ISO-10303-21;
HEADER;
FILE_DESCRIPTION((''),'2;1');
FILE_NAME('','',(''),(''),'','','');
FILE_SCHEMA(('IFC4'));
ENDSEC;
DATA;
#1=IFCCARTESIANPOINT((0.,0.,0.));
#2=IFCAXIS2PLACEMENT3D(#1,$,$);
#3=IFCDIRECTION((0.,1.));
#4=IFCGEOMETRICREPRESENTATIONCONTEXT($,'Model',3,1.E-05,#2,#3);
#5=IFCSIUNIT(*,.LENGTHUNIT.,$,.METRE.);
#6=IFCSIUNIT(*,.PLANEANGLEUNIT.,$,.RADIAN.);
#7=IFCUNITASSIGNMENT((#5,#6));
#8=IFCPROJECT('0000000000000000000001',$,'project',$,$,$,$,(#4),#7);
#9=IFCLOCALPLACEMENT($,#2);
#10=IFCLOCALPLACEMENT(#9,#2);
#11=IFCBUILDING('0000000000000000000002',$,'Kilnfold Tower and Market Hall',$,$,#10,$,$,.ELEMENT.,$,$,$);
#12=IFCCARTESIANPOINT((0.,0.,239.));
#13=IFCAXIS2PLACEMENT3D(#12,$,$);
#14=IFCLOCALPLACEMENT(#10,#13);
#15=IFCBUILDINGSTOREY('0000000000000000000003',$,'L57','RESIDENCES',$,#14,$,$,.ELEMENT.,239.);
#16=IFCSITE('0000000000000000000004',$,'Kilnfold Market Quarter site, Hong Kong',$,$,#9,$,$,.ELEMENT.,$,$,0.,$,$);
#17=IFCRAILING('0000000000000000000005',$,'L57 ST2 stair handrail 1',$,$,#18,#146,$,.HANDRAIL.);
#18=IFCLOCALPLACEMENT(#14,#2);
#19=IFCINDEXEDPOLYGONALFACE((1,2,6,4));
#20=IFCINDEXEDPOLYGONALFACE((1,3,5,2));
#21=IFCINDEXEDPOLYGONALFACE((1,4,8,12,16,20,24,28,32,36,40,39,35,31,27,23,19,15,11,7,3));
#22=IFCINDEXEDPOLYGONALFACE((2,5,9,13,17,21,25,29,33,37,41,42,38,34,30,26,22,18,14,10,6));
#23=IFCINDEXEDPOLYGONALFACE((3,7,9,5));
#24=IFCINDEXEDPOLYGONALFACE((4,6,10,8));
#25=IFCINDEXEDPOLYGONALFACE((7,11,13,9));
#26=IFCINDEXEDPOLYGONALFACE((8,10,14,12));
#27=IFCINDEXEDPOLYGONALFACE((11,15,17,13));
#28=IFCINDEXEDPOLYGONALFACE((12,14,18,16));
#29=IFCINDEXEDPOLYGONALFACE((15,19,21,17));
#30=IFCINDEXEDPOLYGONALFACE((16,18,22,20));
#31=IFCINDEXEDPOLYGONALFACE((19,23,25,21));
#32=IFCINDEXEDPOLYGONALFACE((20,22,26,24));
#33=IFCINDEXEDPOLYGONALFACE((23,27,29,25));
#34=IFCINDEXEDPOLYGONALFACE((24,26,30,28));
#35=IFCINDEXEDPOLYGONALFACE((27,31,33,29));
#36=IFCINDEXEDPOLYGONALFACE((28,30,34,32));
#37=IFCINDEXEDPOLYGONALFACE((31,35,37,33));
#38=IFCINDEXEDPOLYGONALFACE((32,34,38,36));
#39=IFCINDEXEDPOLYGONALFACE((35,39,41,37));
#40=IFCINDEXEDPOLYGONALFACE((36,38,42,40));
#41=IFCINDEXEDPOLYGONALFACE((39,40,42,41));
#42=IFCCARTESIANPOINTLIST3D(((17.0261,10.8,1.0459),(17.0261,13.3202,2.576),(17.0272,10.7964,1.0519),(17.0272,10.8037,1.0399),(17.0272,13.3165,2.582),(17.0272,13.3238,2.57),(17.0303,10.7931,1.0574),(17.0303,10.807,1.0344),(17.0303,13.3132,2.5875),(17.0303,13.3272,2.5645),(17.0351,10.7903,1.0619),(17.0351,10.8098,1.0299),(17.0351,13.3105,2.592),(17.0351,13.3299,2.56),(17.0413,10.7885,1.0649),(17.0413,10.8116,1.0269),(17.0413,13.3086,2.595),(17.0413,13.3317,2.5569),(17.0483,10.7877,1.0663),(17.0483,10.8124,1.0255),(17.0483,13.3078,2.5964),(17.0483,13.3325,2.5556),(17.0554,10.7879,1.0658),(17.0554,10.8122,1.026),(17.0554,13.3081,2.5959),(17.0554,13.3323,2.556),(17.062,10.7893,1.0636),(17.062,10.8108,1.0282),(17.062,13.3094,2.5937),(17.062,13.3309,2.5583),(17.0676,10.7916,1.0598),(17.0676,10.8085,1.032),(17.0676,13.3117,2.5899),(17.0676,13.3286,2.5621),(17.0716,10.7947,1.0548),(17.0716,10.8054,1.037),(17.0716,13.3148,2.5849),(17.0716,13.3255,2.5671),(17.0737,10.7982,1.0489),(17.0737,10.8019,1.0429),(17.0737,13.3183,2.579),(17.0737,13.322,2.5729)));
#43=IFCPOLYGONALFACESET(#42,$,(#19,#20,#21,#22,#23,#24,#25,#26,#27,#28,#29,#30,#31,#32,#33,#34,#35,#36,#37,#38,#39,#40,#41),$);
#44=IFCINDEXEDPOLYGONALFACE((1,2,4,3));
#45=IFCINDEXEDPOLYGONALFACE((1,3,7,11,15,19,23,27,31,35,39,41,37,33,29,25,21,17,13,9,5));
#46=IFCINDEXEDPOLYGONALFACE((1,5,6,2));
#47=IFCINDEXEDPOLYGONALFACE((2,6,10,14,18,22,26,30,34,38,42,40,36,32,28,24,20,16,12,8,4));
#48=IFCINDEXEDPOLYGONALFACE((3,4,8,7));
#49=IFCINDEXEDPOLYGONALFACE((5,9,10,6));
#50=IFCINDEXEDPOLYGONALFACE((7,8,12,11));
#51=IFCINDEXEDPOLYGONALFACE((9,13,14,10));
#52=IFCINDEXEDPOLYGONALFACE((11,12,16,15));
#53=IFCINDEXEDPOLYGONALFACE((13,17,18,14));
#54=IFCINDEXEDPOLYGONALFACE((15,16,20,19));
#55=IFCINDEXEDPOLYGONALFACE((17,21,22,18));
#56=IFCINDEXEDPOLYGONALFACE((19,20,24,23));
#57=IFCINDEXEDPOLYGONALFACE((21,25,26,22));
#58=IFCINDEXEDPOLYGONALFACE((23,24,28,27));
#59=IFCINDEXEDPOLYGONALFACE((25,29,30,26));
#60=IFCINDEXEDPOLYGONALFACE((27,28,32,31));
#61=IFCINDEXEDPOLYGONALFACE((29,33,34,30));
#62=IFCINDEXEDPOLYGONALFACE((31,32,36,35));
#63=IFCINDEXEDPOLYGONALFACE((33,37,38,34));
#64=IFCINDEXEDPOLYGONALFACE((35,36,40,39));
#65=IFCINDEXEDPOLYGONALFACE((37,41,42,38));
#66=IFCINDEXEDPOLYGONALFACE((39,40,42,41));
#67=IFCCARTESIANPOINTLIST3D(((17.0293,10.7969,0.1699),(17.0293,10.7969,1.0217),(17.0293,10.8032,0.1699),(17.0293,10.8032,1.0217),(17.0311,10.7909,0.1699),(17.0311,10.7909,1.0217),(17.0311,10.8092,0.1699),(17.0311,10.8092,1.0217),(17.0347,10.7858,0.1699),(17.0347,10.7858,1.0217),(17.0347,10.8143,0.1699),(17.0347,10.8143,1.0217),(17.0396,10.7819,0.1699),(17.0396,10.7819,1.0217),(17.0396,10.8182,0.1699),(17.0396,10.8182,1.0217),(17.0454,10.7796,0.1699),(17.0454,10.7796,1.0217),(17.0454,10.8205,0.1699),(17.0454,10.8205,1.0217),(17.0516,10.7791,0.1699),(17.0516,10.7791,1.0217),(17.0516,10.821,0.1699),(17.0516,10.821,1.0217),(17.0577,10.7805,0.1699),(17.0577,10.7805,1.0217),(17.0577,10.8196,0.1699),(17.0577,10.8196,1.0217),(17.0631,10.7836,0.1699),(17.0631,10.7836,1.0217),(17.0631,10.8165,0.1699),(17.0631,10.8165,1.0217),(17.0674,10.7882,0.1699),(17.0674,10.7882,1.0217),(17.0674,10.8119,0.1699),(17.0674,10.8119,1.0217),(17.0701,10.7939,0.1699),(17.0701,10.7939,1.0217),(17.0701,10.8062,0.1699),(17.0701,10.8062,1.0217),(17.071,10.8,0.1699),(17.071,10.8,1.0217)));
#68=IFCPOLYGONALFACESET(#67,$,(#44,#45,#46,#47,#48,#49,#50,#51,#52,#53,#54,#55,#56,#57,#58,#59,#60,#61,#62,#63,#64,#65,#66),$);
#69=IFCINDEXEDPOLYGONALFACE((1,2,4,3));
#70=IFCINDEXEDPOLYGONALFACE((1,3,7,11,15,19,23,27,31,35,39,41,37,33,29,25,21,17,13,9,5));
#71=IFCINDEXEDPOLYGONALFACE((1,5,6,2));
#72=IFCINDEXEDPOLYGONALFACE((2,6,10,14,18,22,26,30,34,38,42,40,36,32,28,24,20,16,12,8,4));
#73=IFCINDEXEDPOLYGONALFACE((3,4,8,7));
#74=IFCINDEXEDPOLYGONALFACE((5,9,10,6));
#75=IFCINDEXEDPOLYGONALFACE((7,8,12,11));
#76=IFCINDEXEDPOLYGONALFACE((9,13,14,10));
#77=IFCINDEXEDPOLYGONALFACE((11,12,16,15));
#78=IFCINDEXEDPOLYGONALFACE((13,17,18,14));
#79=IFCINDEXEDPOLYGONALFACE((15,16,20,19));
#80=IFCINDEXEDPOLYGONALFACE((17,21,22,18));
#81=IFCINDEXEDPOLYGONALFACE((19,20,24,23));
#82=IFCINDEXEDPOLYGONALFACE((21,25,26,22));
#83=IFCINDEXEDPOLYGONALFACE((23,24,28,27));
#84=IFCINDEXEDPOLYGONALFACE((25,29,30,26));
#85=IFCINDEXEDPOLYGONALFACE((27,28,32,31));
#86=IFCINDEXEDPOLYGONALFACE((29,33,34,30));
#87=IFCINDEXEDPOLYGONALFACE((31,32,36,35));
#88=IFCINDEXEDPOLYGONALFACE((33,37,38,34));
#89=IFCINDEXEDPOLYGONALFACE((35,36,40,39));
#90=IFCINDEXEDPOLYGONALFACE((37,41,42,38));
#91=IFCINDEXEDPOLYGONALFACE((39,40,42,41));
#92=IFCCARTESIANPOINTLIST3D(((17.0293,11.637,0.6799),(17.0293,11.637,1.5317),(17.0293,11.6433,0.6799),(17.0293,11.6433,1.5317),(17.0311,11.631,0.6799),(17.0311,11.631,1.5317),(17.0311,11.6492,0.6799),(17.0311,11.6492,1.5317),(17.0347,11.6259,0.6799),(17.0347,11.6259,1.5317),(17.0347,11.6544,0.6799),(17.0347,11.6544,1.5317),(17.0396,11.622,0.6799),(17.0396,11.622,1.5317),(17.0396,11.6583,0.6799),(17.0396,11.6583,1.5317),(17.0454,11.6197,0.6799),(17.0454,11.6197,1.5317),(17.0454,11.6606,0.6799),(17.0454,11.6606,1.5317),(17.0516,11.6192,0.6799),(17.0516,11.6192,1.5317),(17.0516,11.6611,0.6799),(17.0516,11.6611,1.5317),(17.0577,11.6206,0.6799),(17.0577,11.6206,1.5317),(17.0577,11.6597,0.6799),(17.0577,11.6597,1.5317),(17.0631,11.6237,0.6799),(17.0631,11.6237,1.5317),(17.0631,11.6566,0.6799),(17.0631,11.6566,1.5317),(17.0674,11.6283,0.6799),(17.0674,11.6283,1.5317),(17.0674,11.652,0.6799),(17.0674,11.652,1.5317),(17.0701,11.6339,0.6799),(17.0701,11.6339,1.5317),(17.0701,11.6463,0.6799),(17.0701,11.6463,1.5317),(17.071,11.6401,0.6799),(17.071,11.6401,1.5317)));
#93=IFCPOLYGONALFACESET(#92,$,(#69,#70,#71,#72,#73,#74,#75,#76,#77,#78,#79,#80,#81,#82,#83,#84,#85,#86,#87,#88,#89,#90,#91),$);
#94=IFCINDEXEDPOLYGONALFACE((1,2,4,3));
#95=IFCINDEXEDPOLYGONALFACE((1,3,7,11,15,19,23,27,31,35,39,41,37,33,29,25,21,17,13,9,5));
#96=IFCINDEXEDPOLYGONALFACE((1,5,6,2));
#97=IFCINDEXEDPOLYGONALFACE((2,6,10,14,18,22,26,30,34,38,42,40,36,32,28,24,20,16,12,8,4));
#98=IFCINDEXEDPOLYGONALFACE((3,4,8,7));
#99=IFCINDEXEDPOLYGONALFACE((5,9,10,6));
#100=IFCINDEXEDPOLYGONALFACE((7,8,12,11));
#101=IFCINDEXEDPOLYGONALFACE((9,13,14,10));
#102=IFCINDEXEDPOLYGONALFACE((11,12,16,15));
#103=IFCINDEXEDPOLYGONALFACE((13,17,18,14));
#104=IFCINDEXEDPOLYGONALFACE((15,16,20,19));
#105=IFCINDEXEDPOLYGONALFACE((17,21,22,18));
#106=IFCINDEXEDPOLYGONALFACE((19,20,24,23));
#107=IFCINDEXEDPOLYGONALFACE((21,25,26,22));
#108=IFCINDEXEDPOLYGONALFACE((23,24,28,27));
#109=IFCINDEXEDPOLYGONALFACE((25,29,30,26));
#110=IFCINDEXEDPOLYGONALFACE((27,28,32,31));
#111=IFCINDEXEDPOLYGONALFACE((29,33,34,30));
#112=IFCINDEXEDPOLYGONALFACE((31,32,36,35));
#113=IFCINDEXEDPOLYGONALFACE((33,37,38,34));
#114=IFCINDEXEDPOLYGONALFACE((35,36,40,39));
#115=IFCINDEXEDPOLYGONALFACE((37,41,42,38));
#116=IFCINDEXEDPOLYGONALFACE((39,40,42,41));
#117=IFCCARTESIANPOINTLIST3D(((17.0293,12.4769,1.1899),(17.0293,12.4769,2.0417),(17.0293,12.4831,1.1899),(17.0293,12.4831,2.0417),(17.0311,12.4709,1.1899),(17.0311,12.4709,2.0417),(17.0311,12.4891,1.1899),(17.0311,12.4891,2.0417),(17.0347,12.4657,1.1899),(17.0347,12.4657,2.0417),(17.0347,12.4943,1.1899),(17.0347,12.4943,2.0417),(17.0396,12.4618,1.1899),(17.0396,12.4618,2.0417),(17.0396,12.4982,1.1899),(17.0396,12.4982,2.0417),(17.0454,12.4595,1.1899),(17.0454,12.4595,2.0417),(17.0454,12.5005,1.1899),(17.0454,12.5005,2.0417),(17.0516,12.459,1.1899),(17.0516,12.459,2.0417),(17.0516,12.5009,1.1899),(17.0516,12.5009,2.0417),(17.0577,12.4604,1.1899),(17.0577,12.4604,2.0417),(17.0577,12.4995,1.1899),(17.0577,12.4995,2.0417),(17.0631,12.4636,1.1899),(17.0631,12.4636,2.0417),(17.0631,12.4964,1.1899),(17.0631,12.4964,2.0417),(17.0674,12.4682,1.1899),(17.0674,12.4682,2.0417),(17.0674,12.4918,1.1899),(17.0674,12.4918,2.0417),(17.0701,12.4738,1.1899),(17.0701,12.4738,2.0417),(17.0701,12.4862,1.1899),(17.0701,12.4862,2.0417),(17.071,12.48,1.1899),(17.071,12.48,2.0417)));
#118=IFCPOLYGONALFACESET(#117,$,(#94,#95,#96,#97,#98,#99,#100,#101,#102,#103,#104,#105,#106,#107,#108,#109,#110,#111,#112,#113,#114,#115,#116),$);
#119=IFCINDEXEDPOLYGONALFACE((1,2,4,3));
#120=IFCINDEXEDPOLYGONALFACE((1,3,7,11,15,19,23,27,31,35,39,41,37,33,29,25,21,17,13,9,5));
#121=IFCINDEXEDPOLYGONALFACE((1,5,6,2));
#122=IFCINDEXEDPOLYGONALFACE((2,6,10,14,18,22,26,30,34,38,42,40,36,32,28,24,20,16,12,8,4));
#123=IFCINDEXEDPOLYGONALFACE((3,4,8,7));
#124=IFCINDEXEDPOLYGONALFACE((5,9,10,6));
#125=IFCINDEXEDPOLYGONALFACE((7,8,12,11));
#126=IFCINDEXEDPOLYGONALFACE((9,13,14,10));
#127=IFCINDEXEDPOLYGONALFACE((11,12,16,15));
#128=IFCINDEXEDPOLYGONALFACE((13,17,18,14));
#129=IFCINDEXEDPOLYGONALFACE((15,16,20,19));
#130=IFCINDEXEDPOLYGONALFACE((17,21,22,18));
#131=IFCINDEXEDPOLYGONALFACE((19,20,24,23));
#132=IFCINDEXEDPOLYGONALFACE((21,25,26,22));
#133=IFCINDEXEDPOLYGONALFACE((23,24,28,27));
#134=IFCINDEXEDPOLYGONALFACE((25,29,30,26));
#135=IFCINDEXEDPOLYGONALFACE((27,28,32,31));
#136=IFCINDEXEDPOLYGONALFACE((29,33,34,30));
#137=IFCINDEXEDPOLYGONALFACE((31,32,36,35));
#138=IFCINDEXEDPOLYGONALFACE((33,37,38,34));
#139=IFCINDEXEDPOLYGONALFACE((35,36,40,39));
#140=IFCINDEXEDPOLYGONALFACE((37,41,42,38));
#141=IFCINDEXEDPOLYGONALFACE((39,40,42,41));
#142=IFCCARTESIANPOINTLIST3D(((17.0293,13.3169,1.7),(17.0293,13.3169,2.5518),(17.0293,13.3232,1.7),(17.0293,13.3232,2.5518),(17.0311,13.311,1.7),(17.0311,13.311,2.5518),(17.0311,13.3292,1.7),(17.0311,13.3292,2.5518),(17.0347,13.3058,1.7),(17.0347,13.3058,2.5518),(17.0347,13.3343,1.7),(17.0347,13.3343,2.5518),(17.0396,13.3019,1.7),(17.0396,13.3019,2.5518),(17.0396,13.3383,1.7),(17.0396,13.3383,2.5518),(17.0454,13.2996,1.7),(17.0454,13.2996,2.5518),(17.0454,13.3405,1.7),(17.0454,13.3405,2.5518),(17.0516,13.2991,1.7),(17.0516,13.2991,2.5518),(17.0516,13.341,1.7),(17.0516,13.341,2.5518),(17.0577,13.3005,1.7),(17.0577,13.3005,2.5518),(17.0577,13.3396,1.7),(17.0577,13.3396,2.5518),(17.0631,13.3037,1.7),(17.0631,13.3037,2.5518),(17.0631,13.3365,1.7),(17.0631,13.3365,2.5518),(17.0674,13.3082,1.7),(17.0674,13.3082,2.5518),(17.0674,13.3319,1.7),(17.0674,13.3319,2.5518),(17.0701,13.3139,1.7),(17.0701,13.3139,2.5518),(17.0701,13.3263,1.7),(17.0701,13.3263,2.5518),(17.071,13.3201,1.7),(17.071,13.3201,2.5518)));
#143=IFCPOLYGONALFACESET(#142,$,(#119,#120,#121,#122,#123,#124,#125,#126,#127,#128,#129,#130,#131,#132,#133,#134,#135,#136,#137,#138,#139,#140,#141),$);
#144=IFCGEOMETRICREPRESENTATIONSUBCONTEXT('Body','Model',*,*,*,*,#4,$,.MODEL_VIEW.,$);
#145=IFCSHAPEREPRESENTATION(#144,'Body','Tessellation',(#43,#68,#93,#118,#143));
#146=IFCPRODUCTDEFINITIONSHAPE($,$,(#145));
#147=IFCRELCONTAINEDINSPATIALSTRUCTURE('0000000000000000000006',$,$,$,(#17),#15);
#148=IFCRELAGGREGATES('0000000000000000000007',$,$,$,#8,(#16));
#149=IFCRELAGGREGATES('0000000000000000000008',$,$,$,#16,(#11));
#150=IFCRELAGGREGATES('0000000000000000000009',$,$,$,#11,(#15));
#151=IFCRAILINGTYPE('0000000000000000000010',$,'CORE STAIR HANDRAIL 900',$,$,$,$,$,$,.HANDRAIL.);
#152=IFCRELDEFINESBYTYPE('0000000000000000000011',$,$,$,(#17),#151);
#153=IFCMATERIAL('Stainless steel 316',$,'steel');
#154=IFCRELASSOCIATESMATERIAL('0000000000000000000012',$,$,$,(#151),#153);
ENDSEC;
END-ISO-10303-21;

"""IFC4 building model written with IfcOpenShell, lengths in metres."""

from ifc_helpers import new_model, si_unit, direction, frame, origin, origin_2d, place, context, subcontext, project, spatial, circle, extrude, material, type_object, element, save


model = new_model("IFC4")

# Units and contexts
model_context = context("Model", 3, precision=1e-05, world=origin(), true_north=direction((0.0, 1.0)))
body_context = subcontext(model_context, "Body", "Model", "MODEL_VIEW")
ifc_project = project(units=[si_unit("LENGTHUNIT", "METRE"), si_unit("PLANEANGLEUNIT", "RADIAN")], contexts=[model_context])

# Site, building, storey
site_placement = place(None, origin())
site = spatial("IfcSite", under=ifc_project, at=site_placement, Name="Kilnfold Market Quarter site, Hong Kong", CompositionType="ELEMENT", RefElevation=0.0)
building_placement = place(site_placement, origin())
building = spatial("IfcBuilding", under=site, at=building_placement, Name="Kilnfold Tower and Market Hall", CompositionType="ELEMENT")
storey_placement = place(building_placement, frame((0.0, 0.0, 239.0)))
storey = spatial("IfcBuildingStorey", under=building, at=storey_placement, Name="L57", Description="RESIDENCES", CompositionType="ELEMENT", Elevation=239.0)

# Railing
ifc_material_1 = material(Name="Stainless steel 316", Category="steel")
railing_type_1 = type_object("IfcRailingType", Name="CORE STAIR HANDRAIL 900", PredefinedType="HANDRAIL", material=ifc_material_1)
railing_1_placement = place(storey_placement, frame((17.05, 10.8, 0.1699)))
element("IfcRailing", 1, at=railing_1_placement, inside=storey, type_object=railing_type_1, Name="L57 ST2 stair handrail 1", PredefinedType="HANDRAIL", context=body_context, shape_type="SweptSolid", body=[
    extrude(circle(Radius=0.0239, at=origin_2d()), frame((0.0, 0.0, 0.876), z_axis=(0.0, 0.854785, 0.518982), x_axis=(-1.0, 0.0, 0.0)), (0.0, 0.0, 1.0), 2.9482),
    extrude(circle(Radius=0.021, at=origin_2d()), origin(), (0.0, 0.0, 1.0), 0.8518),
    extrude(circle(Radius=0.021, at=origin_2d()), frame((0.0, 0.8401, 0.51)), (0.0, 0.0, 1.0), 0.8518),
    extrude(circle(Radius=0.021, at=origin_2d()), frame((0.0, 1.6799, 1.02)), (0.0, 0.0, 1.0), 0.8518),
    extrude(circle(Radius=0.021, at=origin_2d()), frame((0.0, 2.52, 1.53)), (0.0, 0.0, 1.0), 0.8518),
])

save(model, "model.ifc")
